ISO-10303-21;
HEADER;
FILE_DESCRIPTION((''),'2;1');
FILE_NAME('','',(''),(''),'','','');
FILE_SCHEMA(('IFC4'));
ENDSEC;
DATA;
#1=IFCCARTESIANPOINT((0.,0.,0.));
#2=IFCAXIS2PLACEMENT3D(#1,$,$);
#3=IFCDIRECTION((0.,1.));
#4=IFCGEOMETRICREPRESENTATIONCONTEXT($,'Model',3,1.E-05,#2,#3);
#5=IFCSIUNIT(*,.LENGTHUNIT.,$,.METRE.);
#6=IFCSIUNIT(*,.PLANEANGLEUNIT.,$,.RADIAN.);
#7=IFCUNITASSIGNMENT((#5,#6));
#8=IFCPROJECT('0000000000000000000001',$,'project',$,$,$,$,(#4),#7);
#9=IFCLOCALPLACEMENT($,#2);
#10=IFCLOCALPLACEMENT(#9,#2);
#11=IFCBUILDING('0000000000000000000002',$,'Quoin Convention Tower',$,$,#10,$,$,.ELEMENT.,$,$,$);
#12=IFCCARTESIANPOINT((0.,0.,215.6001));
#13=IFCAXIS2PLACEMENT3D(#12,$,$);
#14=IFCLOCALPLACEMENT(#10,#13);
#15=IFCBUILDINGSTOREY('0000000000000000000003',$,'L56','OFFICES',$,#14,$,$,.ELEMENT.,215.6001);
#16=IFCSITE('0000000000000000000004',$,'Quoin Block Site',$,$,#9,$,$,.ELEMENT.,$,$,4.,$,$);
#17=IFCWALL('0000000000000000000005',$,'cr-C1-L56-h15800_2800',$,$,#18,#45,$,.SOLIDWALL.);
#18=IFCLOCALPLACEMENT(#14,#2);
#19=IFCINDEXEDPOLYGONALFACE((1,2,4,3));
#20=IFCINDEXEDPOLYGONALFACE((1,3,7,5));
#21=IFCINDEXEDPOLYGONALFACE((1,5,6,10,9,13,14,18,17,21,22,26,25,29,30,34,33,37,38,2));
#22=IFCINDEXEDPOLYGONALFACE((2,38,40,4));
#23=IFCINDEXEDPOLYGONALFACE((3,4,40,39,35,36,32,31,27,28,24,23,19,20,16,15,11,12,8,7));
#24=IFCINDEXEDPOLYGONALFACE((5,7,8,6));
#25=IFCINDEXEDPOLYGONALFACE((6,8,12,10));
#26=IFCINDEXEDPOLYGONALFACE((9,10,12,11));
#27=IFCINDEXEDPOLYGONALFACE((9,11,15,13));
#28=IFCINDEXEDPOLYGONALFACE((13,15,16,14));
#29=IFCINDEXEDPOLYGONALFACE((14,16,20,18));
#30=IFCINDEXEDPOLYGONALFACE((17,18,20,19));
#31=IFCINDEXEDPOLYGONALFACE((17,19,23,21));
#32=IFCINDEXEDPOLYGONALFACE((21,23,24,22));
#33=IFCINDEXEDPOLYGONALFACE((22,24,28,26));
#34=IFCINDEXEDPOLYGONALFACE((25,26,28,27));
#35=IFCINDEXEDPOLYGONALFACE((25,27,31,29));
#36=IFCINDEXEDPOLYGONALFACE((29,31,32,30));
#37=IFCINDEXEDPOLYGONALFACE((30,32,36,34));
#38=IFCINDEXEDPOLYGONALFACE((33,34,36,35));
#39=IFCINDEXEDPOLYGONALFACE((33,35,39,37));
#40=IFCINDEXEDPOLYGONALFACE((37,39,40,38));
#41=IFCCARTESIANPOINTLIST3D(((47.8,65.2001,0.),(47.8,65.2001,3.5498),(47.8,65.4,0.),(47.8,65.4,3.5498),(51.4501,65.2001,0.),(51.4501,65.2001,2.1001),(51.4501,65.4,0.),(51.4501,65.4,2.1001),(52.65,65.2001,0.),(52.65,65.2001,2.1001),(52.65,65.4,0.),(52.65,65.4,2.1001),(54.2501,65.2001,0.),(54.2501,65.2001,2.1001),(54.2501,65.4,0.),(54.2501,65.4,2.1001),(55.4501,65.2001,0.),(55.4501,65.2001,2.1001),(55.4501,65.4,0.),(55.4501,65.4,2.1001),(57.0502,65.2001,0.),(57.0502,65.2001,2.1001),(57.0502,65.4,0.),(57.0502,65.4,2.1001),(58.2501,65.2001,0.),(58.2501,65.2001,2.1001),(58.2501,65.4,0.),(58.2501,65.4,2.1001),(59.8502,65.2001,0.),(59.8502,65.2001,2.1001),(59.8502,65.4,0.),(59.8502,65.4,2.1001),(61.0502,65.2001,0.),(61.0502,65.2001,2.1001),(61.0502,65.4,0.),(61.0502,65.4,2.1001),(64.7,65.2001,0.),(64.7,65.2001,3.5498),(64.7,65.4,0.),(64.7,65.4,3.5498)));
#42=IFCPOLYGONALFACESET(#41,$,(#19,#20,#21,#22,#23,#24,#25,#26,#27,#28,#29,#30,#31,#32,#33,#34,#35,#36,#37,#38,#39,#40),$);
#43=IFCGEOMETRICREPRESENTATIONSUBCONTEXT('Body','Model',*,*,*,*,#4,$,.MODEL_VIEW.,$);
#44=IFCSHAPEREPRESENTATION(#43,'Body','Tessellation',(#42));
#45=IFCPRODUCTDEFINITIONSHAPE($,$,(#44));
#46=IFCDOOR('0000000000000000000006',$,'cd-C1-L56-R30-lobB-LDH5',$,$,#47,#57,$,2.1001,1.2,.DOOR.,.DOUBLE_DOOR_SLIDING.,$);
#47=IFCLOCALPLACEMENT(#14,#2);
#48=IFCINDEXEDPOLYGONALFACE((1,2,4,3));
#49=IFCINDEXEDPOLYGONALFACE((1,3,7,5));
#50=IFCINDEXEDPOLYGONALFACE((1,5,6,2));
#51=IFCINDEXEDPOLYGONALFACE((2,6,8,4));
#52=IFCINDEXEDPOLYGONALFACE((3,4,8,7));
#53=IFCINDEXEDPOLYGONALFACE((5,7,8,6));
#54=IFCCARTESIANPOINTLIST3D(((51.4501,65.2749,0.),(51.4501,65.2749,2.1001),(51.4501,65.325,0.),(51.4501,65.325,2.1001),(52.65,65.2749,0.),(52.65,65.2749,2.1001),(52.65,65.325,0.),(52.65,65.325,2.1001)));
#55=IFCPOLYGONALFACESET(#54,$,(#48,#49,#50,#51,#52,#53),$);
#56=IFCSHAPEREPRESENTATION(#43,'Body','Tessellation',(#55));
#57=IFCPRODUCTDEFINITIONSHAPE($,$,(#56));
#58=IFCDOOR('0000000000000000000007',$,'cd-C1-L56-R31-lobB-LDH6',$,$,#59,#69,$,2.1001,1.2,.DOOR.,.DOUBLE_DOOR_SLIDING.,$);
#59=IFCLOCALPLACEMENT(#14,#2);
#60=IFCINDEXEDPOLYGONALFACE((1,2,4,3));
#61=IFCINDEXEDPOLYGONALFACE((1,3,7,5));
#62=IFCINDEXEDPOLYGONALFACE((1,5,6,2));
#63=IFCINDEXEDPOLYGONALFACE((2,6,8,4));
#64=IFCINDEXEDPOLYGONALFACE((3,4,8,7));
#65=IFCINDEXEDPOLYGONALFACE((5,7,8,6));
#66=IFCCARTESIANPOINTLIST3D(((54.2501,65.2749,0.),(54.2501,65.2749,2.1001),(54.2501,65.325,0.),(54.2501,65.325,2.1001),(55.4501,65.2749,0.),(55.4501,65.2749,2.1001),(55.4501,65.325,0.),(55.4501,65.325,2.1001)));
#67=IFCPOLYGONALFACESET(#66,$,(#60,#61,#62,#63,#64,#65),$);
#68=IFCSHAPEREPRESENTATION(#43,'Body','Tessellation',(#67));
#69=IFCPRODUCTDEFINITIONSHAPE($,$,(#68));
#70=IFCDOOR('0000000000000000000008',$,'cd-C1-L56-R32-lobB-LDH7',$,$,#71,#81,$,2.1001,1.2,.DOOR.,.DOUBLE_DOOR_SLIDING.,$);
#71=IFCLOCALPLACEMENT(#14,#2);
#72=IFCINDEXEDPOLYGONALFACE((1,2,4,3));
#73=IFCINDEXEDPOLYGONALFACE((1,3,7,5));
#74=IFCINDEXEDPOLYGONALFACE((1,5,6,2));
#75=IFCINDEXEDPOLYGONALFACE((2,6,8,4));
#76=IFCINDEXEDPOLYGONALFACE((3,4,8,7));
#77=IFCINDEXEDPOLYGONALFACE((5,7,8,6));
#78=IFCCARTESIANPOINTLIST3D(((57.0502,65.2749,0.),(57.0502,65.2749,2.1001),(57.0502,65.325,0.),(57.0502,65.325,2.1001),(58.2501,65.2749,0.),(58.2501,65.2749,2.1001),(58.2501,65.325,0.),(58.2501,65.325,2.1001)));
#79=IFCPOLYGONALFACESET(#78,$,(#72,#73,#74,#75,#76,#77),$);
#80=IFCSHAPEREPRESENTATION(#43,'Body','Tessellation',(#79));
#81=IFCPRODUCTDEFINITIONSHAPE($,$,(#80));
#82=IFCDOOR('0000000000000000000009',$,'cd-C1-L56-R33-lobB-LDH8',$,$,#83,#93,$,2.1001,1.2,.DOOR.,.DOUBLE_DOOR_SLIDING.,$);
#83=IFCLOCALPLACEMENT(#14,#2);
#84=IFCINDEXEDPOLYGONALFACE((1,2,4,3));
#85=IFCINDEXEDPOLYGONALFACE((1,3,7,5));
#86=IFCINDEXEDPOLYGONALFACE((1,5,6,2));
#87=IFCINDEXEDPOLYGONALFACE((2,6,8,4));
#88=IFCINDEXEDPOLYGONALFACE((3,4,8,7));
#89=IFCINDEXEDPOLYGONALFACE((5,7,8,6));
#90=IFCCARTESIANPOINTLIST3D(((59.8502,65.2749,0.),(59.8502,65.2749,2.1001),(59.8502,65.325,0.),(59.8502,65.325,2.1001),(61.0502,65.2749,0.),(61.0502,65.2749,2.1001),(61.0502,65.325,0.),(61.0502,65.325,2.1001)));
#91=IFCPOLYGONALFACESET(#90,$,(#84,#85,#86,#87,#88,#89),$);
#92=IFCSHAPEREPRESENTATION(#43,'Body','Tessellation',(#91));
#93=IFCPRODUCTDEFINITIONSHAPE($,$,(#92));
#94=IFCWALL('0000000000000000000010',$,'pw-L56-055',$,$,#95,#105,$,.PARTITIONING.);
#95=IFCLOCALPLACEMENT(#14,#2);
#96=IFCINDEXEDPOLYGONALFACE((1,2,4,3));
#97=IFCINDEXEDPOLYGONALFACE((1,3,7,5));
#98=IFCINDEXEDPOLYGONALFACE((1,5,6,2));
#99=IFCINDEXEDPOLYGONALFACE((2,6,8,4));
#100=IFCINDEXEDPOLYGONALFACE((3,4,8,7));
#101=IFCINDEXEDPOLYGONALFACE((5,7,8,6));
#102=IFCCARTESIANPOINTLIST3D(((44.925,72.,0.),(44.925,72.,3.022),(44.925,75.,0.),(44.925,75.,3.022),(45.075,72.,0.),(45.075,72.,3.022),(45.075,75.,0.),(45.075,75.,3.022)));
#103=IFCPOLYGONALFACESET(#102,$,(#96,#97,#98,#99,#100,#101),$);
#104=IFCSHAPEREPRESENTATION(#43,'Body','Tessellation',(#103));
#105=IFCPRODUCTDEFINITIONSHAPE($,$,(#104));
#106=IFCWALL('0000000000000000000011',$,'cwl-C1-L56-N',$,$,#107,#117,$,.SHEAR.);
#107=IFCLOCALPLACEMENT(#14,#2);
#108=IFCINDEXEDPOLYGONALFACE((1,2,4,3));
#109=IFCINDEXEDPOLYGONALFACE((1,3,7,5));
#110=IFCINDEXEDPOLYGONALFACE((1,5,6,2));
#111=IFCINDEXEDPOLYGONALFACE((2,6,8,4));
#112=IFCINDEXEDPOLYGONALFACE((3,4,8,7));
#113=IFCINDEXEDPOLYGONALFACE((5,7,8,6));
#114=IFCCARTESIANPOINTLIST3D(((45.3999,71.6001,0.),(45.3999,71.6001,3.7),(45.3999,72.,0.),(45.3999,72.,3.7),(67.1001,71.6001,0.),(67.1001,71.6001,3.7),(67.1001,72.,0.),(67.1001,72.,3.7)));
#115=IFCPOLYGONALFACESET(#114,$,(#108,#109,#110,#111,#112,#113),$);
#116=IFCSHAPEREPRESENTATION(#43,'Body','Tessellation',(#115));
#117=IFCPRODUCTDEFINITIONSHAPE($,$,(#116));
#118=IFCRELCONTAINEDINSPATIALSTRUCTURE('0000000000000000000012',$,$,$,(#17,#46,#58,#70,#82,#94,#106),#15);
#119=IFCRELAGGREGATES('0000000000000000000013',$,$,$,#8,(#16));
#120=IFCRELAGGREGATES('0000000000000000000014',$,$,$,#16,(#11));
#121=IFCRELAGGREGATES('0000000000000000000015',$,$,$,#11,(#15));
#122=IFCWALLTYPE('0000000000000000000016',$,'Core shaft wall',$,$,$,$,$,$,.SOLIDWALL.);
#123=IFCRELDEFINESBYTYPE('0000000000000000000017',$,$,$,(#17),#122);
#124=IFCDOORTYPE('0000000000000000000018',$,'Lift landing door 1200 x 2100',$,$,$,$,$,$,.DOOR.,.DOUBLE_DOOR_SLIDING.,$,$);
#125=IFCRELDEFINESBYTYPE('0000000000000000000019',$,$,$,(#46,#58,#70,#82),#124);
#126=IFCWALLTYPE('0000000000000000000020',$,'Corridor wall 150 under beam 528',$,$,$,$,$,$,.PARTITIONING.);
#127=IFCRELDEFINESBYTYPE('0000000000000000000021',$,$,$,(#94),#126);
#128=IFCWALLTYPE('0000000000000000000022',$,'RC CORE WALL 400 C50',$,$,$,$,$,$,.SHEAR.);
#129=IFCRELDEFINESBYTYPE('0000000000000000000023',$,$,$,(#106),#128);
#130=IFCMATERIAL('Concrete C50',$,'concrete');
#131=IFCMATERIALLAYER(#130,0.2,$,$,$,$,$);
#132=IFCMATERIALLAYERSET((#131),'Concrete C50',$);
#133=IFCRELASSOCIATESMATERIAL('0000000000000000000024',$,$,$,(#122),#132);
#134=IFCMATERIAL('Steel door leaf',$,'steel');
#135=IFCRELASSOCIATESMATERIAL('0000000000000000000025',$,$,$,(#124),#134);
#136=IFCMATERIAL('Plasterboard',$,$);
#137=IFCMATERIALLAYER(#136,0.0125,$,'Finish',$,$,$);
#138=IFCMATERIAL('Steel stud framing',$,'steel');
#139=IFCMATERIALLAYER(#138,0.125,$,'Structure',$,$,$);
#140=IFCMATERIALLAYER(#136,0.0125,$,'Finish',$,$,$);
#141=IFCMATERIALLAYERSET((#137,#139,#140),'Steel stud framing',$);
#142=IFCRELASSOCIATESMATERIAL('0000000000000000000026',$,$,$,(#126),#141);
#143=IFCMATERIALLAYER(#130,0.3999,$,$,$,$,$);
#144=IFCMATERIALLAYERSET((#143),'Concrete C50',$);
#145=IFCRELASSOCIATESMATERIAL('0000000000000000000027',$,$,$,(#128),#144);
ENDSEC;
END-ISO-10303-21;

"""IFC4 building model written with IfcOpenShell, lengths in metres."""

from ifc_helpers import new_model, si_unit, direction, frame, frame_2d, origin, place, context, subcontext, project, spatial, rectangle, extrude, material, layer, layer_set, type_object, element, fill, save


model = new_model("IFC4")

# Units and contexts
model_context = context("Model", 3, precision=1e-05, world=origin(), true_north=direction((0.0, 1.0)))
body_context = subcontext(model_context, "Body", "Model", "MODEL_VIEW")
ifc_project = project(units=[si_unit("LENGTHUNIT", "METRE"), si_unit("PLANEANGLEUNIT", "RADIAN")], contexts=[model_context])

# Site, building, storey
site_placement = place(None, origin())
site = spatial("IfcSite", under=ifc_project, at=site_placement, Name="Quoin Block Site", CompositionType="ELEMENT", RefElevation=4.0)
building_placement = place(site_placement, origin())
building = spatial("IfcBuilding", under=site, at=building_placement, Name="Quoin Convention Tower", CompositionType="ELEMENT")
storey_placement = place(building_placement, frame((0.0, 0.0, 215.6001)))
storey = spatial("IfcBuildingStorey", under=building, at=storey_placement, Name="L56", Description="OFFICES", CompositionType="ELEMENT", Elevation=215.6001)

# Shared definitions
ifc_material_1 = material(Name="Plasterboard")
ifc_material_2 = material(Name="Steel stud framing", Category="steel")
ifc_material_3 = material(Name="Steel door leaf", Category="steel")

# Shared definitions
ifc_material_4 = material(Name="Concrete C50", Category="concrete")
ifc_layer_1 = layer(ifc_material_4, 0.2)
ifc_layer_set_1 = layer_set([ifc_layer_1], Name="Concrete C50")
wall_type_1 = type_object("IfcWallType", Name="Core shaft wall", PredefinedType="SOLIDWALL", material=ifc_layer_set_1)

# Wall, openings, doors
wall_1_placement = place(storey_placement, frame((47.8, 65.3, 0.0), z_axis=(0.0, 0.0, 1.0), x_axis=(1.0, 0.0, 0.0)))
wall_1 = element("IfcWall", 1, at=wall_1_placement, inside=storey, type_object=wall_type_1, Name="cr-C1-L56-h15800_2800", PredefinedType="SOLIDWALL", context=body_context, shape_type="SweptSolid", body=[
    extrude(rectangle(XDim=16.8999, YDim=0.2, at=frame_2d((8.45, 0.0))), origin(), (0.0, 0.0, 1.0), 3.5498),
])
opening_1_placement = place(wall_1_placement, frame((3.6499, 0.0, 0.0)))
opening_1 = element("IfcOpeningElement", 2, at=opening_1_placement, cuts=wall_1, PredefinedType="OPENING", context=body_context, shape_type="SweptSolid", body=[
    extrude(rectangle(XDim=1.2, YDim=2.1001, at=frame_2d((0.6001, 1.05))), frame((0.0, 0.1099, 0.0), z_axis=(0.0, -1.0, 0.0), x_axis=(1.0, 0.0, 0.0)), (0.0, 0.0, 1.0), 0.22),
])
opening_2_placement = place(wall_1_placement, frame((6.45, 0.0, 0.0)))
opening_2 = element("IfcOpeningElement", 3, at=opening_2_placement, cuts=wall_1, PredefinedType="OPENING", context=body_context, shape_type="SweptSolid", body=[
    extrude(rectangle(XDim=1.2, YDim=2.1001, at=frame_2d((0.6001, 1.05))), frame((0.0, 0.1099, 0.0), z_axis=(0.0, -1.0, 0.0), x_axis=(1.0, 0.0, 0.0)), (0.0, 0.0, 1.0), 0.22),
])
opening_3_placement = place(wall_1_placement, frame((9.25, 0.0, 0.0)))
opening_3 = element("IfcOpeningElement", 4, at=opening_3_placement, cuts=wall_1, PredefinedType="OPENING", context=body_context, shape_type="SweptSolid", body=[
    extrude(rectangle(XDim=1.2, YDim=2.1001, at=frame_2d((0.6001, 1.05))), frame((0.0, 0.1099, 0.0), z_axis=(0.0, -1.0, 0.0), x_axis=(1.0, 0.0, 0.0)), (0.0, 0.0, 1.0), 0.22),
])
opening_4_placement = place(wall_1_placement, frame((12.05, 0.0, 0.0)))
opening_4 = element("IfcOpeningElement", 5, at=opening_4_placement, cuts=wall_1, PredefinedType="OPENING", context=body_context, shape_type="SweptSolid", body=[
    extrude(rectangle(XDim=1.2, YDim=2.1001, at=frame_2d((0.6001, 1.05))), frame((0.0, 0.1099, 0.0), z_axis=(0.0, -1.0, 0.0), x_axis=(1.0, 0.0, 0.0)), (0.0, 0.0, 1.0), 0.22),
])
door_type_1 = type_object("IfcDoorType", Name="Lift landing door 1200 x 2100", OperationType="DOUBLE_DOOR_SLIDING", PredefinedType="DOOR", material=ifc_material_3)
door_1_placement = place(opening_1_placement, origin())
door_1 = element("IfcDoor", 6, at=door_1_placement, inside=storey, type_object=door_type_1, Name="cd-C1-L56-R30-lobB-LDH5", OperationType="DOUBLE_DOOR_SLIDING", OverallHeight=2.1001, OverallWidth=1.2, PredefinedType="DOOR", context=body_context, shape_type="SweptSolid", body=[
    extrude(rectangle(XDim=1.2, YDim=2.1001, at=frame_2d((0.6001, 1.05))), frame((0.0, 0.0249, 0.0), z_axis=(0.0, -1.0, 0.0), x_axis=(1.0, 0.0, 0.0)), (0.0, 0.0, 1.0), 0.05),
])
fill(opening_1, door_1)
door_2_placement = place(opening_2_placement, origin())
door_2 = element("IfcDoor", 7, at=door_2_placement, inside=storey, type_object=door_type_1, Name="cd-C1-L56-R31-lobB-LDH6", OperationType="DOUBLE_DOOR_SLIDING", OverallHeight=2.1001, OverallWidth=1.2, PredefinedType="DOOR", context=body_context, shape_type="SweptSolid", body=[
    extrude(rectangle(XDim=1.2, YDim=2.1001, at=frame_2d((0.6001, 1.05))), frame((0.0, 0.0249, 0.0), z_axis=(0.0, -1.0, 0.0), x_axis=(1.0, 0.0, 0.0)), (0.0, 0.0, 1.0), 0.05),
])
fill(opening_2, door_2)
door_3_placement = place(opening_3_placement, origin())
door_3 = element("IfcDoor", 8, at=door_3_placement, inside=storey, type_object=door_type_1, Name="cd-C1-L56-R32-lobB-LDH7", OperationType="DOUBLE_DOOR_SLIDING", OverallHeight=2.1001, OverallWidth=1.2, PredefinedType="DOOR", context=body_context, shape_type="SweptSolid", body=[
    extrude(rectangle(XDim=1.2, YDim=2.1001, at=frame_2d((0.6001, 1.05))), frame((0.0, 0.0249, 0.0), z_axis=(0.0, -1.0, 0.0), x_axis=(1.0, 0.0, 0.0)), (0.0, 0.0, 1.0), 0.05),
])
fill(opening_3, door_3)
door_4_placement = place(opening_4_placement, origin())
door_4 = element("IfcDoor", 9, at=door_4_placement, inside=storey, type_object=door_type_1, Name="cd-C1-L56-R33-lobB-LDH8", OperationType="DOUBLE_DOOR_SLIDING", OverallHeight=2.1001, OverallWidth=1.2, PredefinedType="DOOR", context=body_context, shape_type="SweptSolid", body=[
    extrude(rectangle(XDim=1.2, YDim=2.1001, at=frame_2d((0.6001, 1.05))), frame((0.0, 0.0249, 0.0), z_axis=(0.0, -1.0, 0.0), x_axis=(1.0, 0.0, 0.0)), (0.0, 0.0, 1.0), 0.05),
])
fill(opening_4, door_4)

# Walls
ifc_layer_2 = layer(ifc_material_1, 0.0125, Name="Finish")
ifc_layer_3 = layer(ifc_material_2, 0.125, Name="Structure")
ifc_layer_4 = layer(ifc_material_1, 0.0125, Name="Finish")
ifc_layer_set_2 = layer_set([ifc_layer_2, ifc_layer_3, ifc_layer_4], Name="Steel stud framing")
wall_type_2 = type_object("IfcWallType", Name="Corridor wall 150 under beam 528", PredefinedType="PARTITIONING", material=ifc_layer_set_2)
wall_2_placement = place(storey_placement, frame((45.0, 72.0, 0.0), z_axis=(0.0, 0.0, 1.0), x_axis=(0.0, 1.0, 0.0)))
element("IfcWall", 10, at=wall_2_placement, inside=storey, type_object=wall_type_2, Name="pw-L56-055", PredefinedType="PARTITIONING", context=body_context, shape_type="SweptSolid", body=[
    extrude(rectangle(XDim=3.0, YDim=0.1499, at=frame_2d((1.5, 0.0))), origin(), (0.0, 0.0, 1.0), 3.022),
])
ifc_layer_5 = layer(ifc_material_4, 0.3999)
ifc_layer_set_3 = layer_set([ifc_layer_5], Name="Concrete C50")
wall_type_3 = type_object("IfcWallType", Name="RC CORE WALL 400 C50", PredefinedType="SHEAR", material=ifc_layer_set_3)
wall_3_placement = place(storey_placement, frame((45.3999, 71.8, 0.0), z_axis=(0.0, 0.0, 1.0), x_axis=(1.0, 0.0, 0.0)))
element("IfcWall", 11, at=wall_3_placement, inside=storey, type_object=wall_type_3, Name="cwl-C1-L56-N", PredefinedType="SHEAR", context=body_context, shape_type="SweptSolid", body=[
    extrude(rectangle(XDim=21.7002, YDim=0.3999, at=frame_2d((10.8501, 0.0))), origin(), (0.0, 0.0, 1.0), 3.7),
])

save(model, "model.ifc")
